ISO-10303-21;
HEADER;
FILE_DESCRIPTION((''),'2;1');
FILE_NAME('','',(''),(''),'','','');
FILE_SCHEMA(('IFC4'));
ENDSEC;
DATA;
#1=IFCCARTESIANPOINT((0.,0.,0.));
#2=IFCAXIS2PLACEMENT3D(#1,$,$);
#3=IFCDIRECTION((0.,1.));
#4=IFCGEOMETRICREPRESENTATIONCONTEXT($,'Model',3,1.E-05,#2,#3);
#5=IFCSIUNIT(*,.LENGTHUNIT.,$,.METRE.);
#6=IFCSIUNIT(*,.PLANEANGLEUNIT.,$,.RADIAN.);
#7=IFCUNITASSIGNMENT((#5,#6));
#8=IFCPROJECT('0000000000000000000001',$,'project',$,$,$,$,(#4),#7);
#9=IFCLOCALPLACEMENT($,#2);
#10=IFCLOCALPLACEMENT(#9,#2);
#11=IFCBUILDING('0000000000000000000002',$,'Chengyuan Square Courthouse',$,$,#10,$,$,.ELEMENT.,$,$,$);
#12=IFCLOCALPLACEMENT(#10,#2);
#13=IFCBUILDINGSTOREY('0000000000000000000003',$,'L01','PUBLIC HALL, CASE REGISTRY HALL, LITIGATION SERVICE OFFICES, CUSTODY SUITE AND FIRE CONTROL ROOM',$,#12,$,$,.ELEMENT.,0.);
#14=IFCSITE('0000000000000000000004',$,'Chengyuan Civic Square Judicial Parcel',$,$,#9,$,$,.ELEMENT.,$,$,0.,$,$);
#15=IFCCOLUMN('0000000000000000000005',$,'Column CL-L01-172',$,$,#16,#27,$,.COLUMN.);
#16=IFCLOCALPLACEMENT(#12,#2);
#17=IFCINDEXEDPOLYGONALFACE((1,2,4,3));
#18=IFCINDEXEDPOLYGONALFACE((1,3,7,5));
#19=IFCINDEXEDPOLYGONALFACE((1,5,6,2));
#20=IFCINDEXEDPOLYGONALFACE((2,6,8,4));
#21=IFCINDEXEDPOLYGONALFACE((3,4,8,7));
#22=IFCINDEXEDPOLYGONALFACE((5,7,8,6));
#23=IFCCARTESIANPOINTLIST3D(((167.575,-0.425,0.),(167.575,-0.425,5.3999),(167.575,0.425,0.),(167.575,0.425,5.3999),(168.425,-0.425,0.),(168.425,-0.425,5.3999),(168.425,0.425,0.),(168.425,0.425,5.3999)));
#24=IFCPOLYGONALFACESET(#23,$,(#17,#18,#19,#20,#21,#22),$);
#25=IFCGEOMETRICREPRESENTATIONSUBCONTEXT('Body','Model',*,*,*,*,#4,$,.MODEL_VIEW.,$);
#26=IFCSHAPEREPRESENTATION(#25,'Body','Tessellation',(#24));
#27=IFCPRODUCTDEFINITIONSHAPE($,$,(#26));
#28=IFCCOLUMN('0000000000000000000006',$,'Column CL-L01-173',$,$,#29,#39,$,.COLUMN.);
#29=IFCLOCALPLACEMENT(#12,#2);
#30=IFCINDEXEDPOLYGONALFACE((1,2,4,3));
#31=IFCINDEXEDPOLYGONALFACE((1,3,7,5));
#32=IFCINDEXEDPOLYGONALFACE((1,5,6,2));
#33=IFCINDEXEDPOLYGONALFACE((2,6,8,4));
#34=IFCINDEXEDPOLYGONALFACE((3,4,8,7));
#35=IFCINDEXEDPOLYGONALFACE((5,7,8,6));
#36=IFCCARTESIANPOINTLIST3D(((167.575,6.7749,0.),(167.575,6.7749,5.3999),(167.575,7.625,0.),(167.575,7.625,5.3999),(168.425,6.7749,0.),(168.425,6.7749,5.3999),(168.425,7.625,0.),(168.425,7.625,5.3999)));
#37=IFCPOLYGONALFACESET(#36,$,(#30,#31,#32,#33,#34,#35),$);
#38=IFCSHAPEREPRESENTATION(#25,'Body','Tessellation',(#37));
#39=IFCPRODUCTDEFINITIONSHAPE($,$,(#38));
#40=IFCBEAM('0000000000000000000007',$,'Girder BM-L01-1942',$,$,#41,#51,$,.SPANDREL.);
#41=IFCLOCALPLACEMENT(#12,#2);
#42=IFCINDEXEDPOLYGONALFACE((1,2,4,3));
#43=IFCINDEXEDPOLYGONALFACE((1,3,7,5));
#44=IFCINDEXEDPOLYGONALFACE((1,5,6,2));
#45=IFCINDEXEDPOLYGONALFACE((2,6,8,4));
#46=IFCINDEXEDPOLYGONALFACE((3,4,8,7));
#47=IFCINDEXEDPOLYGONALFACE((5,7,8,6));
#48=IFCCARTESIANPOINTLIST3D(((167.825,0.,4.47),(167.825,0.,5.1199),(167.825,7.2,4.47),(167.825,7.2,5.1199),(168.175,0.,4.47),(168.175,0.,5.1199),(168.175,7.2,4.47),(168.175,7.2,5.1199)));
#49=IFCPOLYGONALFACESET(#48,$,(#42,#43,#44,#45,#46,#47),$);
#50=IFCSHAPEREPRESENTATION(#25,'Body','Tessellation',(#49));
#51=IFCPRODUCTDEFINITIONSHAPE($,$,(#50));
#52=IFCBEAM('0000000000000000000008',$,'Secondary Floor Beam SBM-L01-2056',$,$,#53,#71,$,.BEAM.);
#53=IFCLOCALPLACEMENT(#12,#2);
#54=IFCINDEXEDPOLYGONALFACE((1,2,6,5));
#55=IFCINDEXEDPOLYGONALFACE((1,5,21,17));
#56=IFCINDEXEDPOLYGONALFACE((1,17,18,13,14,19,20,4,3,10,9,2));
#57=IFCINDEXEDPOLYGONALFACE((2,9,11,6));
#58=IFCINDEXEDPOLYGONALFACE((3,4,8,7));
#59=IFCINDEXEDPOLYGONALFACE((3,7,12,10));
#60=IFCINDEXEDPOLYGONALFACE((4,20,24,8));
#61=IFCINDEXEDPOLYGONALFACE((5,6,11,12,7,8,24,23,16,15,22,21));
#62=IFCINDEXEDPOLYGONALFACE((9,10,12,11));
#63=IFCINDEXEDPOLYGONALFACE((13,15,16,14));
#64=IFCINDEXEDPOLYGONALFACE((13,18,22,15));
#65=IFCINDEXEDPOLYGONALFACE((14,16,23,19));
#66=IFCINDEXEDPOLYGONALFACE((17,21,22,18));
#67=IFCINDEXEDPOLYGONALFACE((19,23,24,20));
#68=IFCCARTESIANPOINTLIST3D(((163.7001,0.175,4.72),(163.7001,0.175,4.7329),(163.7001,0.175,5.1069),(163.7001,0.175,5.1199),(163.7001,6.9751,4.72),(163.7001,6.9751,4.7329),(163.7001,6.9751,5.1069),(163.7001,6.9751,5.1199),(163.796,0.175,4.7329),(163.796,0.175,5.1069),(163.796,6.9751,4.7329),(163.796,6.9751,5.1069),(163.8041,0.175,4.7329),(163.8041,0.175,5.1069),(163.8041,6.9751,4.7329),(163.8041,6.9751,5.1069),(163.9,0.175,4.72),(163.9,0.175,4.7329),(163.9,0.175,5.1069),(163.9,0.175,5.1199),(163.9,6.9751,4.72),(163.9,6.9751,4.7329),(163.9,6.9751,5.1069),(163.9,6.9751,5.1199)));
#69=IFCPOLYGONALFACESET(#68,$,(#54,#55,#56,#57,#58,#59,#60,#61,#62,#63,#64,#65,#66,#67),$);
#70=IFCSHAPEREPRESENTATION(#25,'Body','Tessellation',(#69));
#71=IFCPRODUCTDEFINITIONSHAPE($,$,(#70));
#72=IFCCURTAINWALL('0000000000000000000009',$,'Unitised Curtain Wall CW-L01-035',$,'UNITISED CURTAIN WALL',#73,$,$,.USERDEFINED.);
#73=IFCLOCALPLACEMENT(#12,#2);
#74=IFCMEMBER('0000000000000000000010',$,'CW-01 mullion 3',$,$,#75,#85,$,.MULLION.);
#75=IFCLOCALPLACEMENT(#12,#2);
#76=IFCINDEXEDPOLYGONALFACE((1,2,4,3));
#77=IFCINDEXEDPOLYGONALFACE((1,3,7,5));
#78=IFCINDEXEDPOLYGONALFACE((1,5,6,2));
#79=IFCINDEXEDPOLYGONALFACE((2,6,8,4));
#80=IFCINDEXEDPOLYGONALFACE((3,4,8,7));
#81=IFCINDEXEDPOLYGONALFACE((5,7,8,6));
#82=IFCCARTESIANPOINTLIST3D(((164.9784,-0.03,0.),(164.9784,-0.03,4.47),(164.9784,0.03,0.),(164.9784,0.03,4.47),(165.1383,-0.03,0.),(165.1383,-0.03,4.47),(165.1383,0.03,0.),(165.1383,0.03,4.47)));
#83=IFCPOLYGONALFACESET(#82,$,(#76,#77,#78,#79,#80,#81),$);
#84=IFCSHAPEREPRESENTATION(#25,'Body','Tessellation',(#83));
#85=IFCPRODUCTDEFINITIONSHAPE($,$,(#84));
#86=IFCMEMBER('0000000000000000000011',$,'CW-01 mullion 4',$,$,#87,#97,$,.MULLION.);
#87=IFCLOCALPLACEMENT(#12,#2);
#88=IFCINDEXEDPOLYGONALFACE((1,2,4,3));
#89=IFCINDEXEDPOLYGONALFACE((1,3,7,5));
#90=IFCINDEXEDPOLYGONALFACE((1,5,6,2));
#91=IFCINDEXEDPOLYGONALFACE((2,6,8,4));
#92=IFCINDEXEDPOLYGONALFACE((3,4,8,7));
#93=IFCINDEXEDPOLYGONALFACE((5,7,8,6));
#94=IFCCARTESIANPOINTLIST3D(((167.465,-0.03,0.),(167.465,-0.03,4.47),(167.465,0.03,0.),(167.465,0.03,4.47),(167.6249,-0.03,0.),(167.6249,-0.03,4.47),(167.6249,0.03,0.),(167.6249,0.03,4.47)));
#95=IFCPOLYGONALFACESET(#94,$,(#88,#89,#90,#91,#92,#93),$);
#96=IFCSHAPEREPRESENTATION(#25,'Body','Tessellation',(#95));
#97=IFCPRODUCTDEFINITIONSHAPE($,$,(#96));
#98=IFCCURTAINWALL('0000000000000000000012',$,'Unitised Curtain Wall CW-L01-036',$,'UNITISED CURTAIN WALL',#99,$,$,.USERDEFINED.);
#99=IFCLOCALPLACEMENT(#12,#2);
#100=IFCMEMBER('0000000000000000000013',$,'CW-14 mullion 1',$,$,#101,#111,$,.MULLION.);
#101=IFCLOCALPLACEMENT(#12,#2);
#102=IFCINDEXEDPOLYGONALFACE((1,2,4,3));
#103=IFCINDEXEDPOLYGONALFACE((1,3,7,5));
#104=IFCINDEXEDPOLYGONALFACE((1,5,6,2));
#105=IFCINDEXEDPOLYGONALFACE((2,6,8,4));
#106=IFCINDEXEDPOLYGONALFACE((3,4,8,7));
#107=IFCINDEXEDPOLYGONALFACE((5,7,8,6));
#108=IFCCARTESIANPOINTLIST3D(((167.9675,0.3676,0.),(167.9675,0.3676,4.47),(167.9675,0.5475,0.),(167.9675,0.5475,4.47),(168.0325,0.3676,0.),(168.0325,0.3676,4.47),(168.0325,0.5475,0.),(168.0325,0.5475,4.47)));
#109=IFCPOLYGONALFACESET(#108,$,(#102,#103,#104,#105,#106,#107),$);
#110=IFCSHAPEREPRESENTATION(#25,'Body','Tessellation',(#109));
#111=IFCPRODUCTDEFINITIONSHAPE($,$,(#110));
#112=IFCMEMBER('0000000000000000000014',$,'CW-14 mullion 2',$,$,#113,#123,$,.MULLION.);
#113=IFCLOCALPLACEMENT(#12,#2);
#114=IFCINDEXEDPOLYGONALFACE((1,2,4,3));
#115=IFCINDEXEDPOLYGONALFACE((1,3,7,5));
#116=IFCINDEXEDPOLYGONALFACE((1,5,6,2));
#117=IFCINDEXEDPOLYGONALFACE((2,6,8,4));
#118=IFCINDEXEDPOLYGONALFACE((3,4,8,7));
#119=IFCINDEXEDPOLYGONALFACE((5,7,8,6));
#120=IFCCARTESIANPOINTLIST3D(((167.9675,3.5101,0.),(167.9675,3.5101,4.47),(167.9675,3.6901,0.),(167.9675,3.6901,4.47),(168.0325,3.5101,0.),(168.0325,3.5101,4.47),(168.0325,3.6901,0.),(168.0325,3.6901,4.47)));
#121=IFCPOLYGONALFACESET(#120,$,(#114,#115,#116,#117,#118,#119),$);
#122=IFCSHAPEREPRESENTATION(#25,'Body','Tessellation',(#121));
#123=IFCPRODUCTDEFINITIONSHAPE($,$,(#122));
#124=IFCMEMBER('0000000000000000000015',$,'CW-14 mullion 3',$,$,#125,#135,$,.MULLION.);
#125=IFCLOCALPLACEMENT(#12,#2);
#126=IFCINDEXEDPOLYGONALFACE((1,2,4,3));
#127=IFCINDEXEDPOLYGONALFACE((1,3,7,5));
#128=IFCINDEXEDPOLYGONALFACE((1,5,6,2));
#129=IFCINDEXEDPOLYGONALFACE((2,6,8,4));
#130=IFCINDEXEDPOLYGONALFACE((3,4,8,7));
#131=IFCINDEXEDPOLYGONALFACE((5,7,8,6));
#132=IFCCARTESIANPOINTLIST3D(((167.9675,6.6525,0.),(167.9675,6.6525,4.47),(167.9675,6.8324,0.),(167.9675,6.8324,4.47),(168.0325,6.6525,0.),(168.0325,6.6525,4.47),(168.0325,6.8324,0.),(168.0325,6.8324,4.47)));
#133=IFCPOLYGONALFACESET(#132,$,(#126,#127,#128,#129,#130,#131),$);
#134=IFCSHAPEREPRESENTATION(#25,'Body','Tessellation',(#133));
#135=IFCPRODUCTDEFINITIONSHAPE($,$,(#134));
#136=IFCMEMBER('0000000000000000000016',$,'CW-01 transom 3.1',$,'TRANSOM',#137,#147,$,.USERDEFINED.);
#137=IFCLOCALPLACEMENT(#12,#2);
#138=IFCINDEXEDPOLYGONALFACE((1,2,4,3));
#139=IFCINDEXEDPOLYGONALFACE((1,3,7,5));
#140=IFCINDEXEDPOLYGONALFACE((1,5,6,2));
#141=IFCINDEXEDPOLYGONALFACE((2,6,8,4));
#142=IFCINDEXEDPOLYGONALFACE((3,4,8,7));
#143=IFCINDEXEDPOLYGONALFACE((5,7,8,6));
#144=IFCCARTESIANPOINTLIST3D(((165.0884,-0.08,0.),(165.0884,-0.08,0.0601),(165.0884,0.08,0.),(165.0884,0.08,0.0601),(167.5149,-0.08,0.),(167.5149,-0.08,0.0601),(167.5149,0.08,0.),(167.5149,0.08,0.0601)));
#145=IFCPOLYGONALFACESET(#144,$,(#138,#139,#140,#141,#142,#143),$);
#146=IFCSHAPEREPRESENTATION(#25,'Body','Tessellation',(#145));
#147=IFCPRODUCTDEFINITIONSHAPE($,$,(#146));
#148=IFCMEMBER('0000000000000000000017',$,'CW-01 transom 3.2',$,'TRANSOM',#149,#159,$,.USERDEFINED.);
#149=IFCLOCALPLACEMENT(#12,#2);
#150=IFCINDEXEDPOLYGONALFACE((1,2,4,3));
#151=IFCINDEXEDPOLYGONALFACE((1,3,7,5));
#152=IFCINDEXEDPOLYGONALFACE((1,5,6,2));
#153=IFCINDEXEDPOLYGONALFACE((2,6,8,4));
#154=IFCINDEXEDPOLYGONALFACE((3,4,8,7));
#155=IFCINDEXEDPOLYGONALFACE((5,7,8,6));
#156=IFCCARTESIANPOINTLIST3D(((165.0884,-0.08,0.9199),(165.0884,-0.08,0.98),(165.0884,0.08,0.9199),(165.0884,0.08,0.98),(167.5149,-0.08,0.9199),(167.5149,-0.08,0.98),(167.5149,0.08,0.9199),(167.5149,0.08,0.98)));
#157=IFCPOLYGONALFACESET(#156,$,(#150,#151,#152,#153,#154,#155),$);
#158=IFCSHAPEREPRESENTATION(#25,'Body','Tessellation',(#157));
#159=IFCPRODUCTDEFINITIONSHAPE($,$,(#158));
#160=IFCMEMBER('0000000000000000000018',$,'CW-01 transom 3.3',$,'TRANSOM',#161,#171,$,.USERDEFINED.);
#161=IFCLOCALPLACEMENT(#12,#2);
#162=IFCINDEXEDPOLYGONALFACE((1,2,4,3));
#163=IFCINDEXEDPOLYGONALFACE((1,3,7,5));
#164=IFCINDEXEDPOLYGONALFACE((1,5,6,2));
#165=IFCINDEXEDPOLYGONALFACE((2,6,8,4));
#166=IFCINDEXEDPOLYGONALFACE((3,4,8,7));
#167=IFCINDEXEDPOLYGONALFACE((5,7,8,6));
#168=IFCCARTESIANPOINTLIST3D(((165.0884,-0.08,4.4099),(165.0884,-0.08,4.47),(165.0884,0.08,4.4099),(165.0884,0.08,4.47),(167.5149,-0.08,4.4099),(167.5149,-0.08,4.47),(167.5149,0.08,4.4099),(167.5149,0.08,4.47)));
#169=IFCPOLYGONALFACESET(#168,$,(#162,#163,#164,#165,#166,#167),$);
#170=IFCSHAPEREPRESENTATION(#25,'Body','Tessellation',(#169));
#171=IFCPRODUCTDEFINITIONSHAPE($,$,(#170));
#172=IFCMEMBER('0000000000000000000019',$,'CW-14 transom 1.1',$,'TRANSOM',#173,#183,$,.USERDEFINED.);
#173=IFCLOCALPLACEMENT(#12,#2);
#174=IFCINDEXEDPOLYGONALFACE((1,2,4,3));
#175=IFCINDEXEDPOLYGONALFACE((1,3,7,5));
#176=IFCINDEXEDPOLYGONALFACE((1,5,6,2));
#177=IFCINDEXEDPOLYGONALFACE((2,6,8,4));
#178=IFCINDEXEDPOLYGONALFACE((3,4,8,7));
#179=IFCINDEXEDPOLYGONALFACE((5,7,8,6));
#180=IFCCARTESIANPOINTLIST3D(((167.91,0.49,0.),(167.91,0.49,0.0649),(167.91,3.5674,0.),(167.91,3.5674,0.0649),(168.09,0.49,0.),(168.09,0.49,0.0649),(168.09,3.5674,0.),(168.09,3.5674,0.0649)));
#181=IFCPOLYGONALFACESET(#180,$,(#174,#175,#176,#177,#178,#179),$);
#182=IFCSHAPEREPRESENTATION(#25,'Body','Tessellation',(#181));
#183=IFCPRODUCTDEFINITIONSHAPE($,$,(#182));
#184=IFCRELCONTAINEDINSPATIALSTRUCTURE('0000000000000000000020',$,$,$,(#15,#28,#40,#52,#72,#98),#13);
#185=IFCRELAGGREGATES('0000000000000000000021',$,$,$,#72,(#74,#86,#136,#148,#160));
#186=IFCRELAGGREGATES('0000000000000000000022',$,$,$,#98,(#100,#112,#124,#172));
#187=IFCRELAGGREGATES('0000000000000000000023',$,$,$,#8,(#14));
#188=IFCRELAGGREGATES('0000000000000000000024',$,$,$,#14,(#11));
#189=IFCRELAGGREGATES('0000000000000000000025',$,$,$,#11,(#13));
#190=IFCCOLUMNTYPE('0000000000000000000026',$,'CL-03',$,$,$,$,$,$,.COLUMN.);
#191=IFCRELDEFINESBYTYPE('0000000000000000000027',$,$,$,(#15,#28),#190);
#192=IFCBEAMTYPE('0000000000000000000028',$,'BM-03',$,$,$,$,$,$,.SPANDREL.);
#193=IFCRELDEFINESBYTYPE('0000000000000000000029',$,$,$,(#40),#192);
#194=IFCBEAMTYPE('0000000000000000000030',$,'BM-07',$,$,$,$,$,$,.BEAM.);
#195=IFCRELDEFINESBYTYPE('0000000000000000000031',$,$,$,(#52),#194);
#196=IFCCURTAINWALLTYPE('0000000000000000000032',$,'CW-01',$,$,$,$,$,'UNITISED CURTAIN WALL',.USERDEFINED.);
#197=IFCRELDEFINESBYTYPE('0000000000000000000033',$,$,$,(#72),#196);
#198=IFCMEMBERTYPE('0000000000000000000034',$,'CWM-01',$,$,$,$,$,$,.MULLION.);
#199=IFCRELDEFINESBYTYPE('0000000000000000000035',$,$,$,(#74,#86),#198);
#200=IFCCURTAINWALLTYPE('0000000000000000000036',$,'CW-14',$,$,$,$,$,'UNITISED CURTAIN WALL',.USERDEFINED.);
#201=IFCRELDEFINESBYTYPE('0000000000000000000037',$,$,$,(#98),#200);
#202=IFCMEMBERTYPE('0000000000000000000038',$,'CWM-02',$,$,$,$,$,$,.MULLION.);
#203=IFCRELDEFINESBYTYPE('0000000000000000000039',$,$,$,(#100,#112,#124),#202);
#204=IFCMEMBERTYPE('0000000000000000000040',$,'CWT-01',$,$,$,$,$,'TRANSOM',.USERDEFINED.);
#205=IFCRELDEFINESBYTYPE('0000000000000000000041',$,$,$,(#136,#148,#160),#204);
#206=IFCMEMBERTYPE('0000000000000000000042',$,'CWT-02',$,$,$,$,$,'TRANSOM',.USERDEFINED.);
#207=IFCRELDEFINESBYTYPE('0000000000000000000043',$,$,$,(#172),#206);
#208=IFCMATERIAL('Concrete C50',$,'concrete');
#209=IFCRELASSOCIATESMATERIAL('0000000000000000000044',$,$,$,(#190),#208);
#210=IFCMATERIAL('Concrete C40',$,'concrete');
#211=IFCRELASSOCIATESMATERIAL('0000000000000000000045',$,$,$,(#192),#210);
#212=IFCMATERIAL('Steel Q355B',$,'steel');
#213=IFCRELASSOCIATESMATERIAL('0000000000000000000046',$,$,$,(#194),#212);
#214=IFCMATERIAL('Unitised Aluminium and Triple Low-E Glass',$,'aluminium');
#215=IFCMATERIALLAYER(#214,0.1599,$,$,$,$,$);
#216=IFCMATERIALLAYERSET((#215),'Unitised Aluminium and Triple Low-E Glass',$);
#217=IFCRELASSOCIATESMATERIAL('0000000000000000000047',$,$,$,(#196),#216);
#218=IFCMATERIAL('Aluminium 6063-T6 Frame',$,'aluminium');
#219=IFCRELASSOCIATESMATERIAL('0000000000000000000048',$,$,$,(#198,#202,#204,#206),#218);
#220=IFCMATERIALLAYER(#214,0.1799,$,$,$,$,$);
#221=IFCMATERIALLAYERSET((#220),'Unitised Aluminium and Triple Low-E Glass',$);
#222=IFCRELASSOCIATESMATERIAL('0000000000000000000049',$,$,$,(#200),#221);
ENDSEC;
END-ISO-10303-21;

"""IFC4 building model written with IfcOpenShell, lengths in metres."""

from ifc_helpers import new_model, si_unit, direction, frame, origin, origin_2d, place, context, subcontext, project, spatial, rectangle, i_section, extrude, material, layer, layer_set, material_profile, profile_set, type_object, element, aggregate, save


model = new_model("IFC4")

# Units and contexts
model_context = context("Model", 3, precision=1e-05, world=origin(), true_north=direction((0.0, 1.0)))
body_context = subcontext(model_context, "Body", "Model", "MODEL_VIEW")
ifc_project = project(units=[si_unit("LENGTHUNIT", "METRE"), si_unit("PLANEANGLEUNIT", "RADIAN")], contexts=[model_context])

# Site, building, storey
site_placement = place(None, origin())
site = spatial("IfcSite", under=ifc_project, at=site_placement, Name="Chengyuan Civic Square Judicial Parcel", CompositionType="ELEMENT", RefElevation=0.0)
building_placement = place(site_placement, origin())
building = spatial("IfcBuilding", under=site, at=building_placement, Name="Chengyuan Square Courthouse", CompositionType="ELEMENT")
storey_placement = place(building_placement, origin())
storey = spatial("IfcBuildingStorey", under=building, at=storey_placement, Name="L01", Description="PUBLIC HALL, CASE REGISTRY HALL, LITIGATION SERVICE OFFICES, CUSTODY SUITE AND FIRE CONTROL ROOM", CompositionType="ELEMENT", Elevation=0.0)

# Columns
ifc_material_1 = material(Name="Concrete C50", Category="concrete")
ifc_material_profile_1 = material_profile(ifc_material_1, rectangle(XDim=0.8501, YDim=0.8501, at=origin_2d()), Name="RC-COL-850x850")
ifc_profile_set_1 = profile_set([ifc_material_profile_1], Name="Concrete C50")
column_type = type_object("IfcColumnType", Name="CL-03", PredefinedType="COLUMN", material=ifc_profile_set_1)
for number, where, z_axis, x_axis, name in (
    (1, (168.0, 0.0, 0.0), (0.0, 0.0, 1.0), (1.0, 0.0, 0.0), "Column CL-L01-172"),
    (2, (168.0, 7.2, 0.0), (0.0, 0.0, 1.0), (1.0, 0.0, 0.0), "Column CL-L01-173"),
):
    element("IfcColumn", number, at=place(storey_placement, frame(where, z_axis=z_axis, x_axis=x_axis)), inside=storey, type_object=column_type, Name=name, PredefinedType="COLUMN", context=body_context, shape_type="SweptSolid", body=[
        extrude(rectangle(XDim=0.8501, YDim=0.8501, at=origin_2d()), origin(), (0.0, 0.0, 1.0), 5.3999),
    ])

# Beams
ifc_material_2 = material(Name="Concrete C40", Category="concrete")
ifc_material_profile_2 = material_profile(ifc_material_2, rectangle(XDim=0.3501, YDim=0.6499, at=origin_2d()), Name="RC-BM-350x650")
ifc_profile_set_2 = profile_set([ifc_material_profile_2], Name="Concrete C40")
beam_type_1 = type_object("IfcBeamType", Name="BM-03", PredefinedType="SPANDREL", material=ifc_profile_set_2)
beam_1_placement = place(storey_placement, frame((168.0, 0.0, 4.7949), z_axis=(0.0, 1.0, 0.0), x_axis=(-1.0, 0.0, 0.0)))
element("IfcBeam", 3, at=beam_1_placement, inside=storey, type_object=beam_type_1, Name="Girder BM-L01-1942", PredefinedType="SPANDREL", context=body_context, shape_type="SweptSolid", body=[
    extrude(rectangle(XDim=0.3501, YDim=0.6499, at=origin_2d()), origin(), (0.0, 0.0, 1.0), 7.2),
])
ifc_material_3 = material(Name="Steel Q355B", Category="steel")
ifc_material_profile_3 = material_profile(ifc_material_3, i_section(OverallWidth=0.2, OverallDepth=0.3999, WebThickness=0.0081, FlangeThickness=0.0129, at=origin_2d()), Name="HN 400x200x8x13")
ifc_profile_set_3 = profile_set([ifc_material_profile_3], Name="Steel Q355B")
beam_type_2 = type_object("IfcBeamType", Name="BM-07", PredefinedType="BEAM", material=ifc_profile_set_3)
beam_2_placement = place(storey_placement, frame((163.8, 0.175, 4.9199), z_axis=(0.0, 1.0, 0.0), x_axis=(-1.0, 0.0, 0.0)))
element("IfcBeam", 4, at=beam_2_placement, inside=storey, type_object=beam_type_2, Name="Secondary Floor Beam SBM-L01-2056", PredefinedType="BEAM", context=body_context, shape_type="SweptSolid", body=[
    extrude(i_section(OverallWidth=0.2, OverallDepth=0.3999, WebThickness=0.0081, FlangeThickness=0.0129, at=origin_2d()), origin(), (0.0, 0.0, 1.0), 6.8),
])

# Curtain walls, members
ifc_material_4 = material(Name="Unitised Aluminium and Triple Low-E Glass", Category="aluminium")
ifc_layer_1 = layer(ifc_material_4, 0.1599)
ifc_layer_set_1 = layer_set([ifc_layer_1], Name="Unitised Aluminium and Triple Low-E Glass")
curtain_wall_type_1 = type_object("IfcCurtainWallType", Name="CW-01", ElementType="UNITISED CURTAIN WALL", PredefinedType="USERDEFINED", material=ifc_layer_set_1)
curtain_wall_1_placement = place(storey_placement, origin())
curtain_wall_1 = element("IfcCurtainWall", 5, at=curtain_wall_1_placement, inside=storey, type_object=curtain_wall_type_1, Name="Unitised Curtain Wall CW-L01-035", ObjectType="UNITISED CURTAIN WALL", PredefinedType="USERDEFINED")
ifc_material_5 = material(Name="Aluminium 6063-T6 Frame", Category="aluminium")
ifc_material_profile_4 = material_profile(ifc_material_5, rectangle(XDim=0.0601, YDim=0.1599, at=origin_2d()), Name="CW-MUL-60x160")
ifc_profile_set_4 = profile_set([ifc_material_profile_4], Name="Aluminium 6063-T6 Frame")
member_type_1 = type_object("IfcMemberType", Name="CWM-01", PredefinedType="MULLION", material=ifc_profile_set_4)
member_1_placement = place(storey_placement, frame((165.0583, 0.0, 0.0), z_axis=(0.0, 0.0, 1.0), x_axis=(0.0, 1.0, 0.0)))
member_1 = element("IfcMember", 6, at=member_1_placement, type_object=member_type_1, Name="CW-01 mullion 3", PredefinedType="MULLION", context=body_context, shape_type="SweptSolid", body=[
    extrude(rectangle(XDim=0.0601, YDim=0.1599, at=origin_2d()), origin(), (0.0, 0.0, 1.0), 4.47),
])
member_2_placement = place(storey_placement, frame((167.5449, 0.0, 0.0), z_axis=(0.0, 0.0, 1.0), x_axis=(0.0, 1.0, 0.0)))
member_2 = element("IfcMember", 7, at=member_2_placement, type_object=member_type_1, Name="CW-01 mullion 4", PredefinedType="MULLION", context=body_context, shape_type="SweptSolid", body=[
    extrude(rectangle(XDim=0.0601, YDim=0.1599, at=origin_2d()), origin(), (0.0, 0.0, 1.0), 4.47),
])
ifc_layer_2 = layer(ifc_material_4, 0.1799)
ifc_layer_set_2 = layer_set([ifc_layer_2], Name="Unitised Aluminium and Triple Low-E Glass")
curtain_wall_type_2 = type_object("IfcCurtainWallType", Name="CW-14", ElementType="UNITISED CURTAIN WALL", PredefinedType="USERDEFINED", material=ifc_layer_set_2)
curtain_wall_2_placement = place(storey_placement, origin())
curtain_wall_2 = element("IfcCurtainWall", 8, at=curtain_wall_2_placement, inside=storey, type_object=curtain_wall_type_2, Name="Unitised Curtain Wall CW-L01-036", ObjectType="UNITISED CURTAIN WALL", PredefinedType="USERDEFINED")
ifc_material_profile_5 = material_profile(ifc_material_5, rectangle(XDim=0.0649, YDim=0.1799, at=origin_2d()), Name="CW-MUL-65x180")
ifc_profile_set_5 = profile_set([ifc_material_profile_5], Name="Aluminium 6063-T6 Frame")
member_type_2 = type_object("IfcMemberType", Name="CWM-02", PredefinedType="MULLION", material=ifc_profile_set_5)
member_3_placement = place(storey_placement, frame((168.0, 0.4575, 0.0), z_axis=(0.0, 0.0, 1.0), x_axis=(-1.0, 0.0, 0.0)))
member_3 = element("IfcMember", 9, at=member_3_placement, type_object=member_type_2, Name="CW-14 mullion 1", PredefinedType="MULLION", context=body_context, shape_type="SweptSolid", body=[
    extrude(rectangle(XDim=0.0649, YDim=0.1799, at=origin_2d()), origin(), (0.0, 0.0, 1.0), 4.47),
])
member_4_placement = place(storey_placement, frame((168.0, 3.6001, 0.0), z_axis=(0.0, 0.0, 1.0), x_axis=(-1.0, 0.0, 0.0)))
member_4 = element("IfcMember", 10, at=member_4_placement, type_object=member_type_2, Name="CW-14 mullion 2", PredefinedType="MULLION", context=body_context, shape_type="SweptSolid", body=[
    extrude(rectangle(XDim=0.0649, YDim=0.1799, at=origin_2d()), origin(), (0.0, 0.0, 1.0), 4.47),
])
member_5_placement = place(storey_placement, frame((168.0, 6.7424, 0.0), z_axis=(0.0, 0.0, 1.0), x_axis=(-1.0, 0.0, 0.0)))
member_5 = element("IfcMember", 11, at=member_5_placement, type_object=member_type_2, Name="CW-14 mullion 3", PredefinedType="MULLION", context=body_context, shape_type="SweptSolid", body=[
    extrude(rectangle(XDim=0.0649, YDim=0.1799, at=origin_2d()), origin(), (0.0, 0.0, 1.0), 4.47),
])

# Members
ifc_material_profile_6 = material_profile(ifc_material_5, rectangle(XDim=0.1599, YDim=0.0601, at=origin_2d()), Name="CW-TRN-60x120")
ifc_profile_set_6 = profile_set([ifc_material_profile_6], Name="Aluminium 6063-T6 Frame")
member_type_3 = type_object("IfcMemberType", Name="CWT-01", ElementType="TRANSOM", PredefinedType="USERDEFINED", material=ifc_profile_set_6)
member_6_placement = place(storey_placement, frame((165.0884, 0.0, 0.03), z_axis=(1.0, 0.0, 0.0), x_axis=(0.0, 1.0, 0.0)))
member_6 = element("IfcMember", 12, at=member_6_placement, type_object=member_type_3, Name="CW-01 transom 3.1", ObjectType="TRANSOM", PredefinedType="USERDEFINED", context=body_context, shape_type="SweptSolid", body=[
    extrude(rectangle(XDim=0.1599, YDim=0.0601, at=origin_2d()), origin(), (0.0, 0.0, 1.0), 2.4265),
])
member_7_placement = place(storey_placement, frame((165.0884, 0.0, 0.95), z_axis=(1.0, 0.0, 0.0), x_axis=(0.0, 1.0, 0.0)))
member_7 = element("IfcMember", 13, at=member_7_placement, type_object=member_type_3, Name="CW-01 transom 3.2", ObjectType="TRANSOM", PredefinedType="USERDEFINED", context=body_context, shape_type="SweptSolid", body=[
    extrude(rectangle(XDim=0.1599, YDim=0.0601, at=origin_2d()), origin(), (0.0, 0.0, 1.0), 2.4265),
])
member_8_placement = place(storey_placement, frame((165.0884, 0.0, 4.4399), z_axis=(1.0, 0.0, 0.0), x_axis=(0.0, 1.0, 0.0)))
member_8 = element("IfcMember", 14, at=member_8_placement, type_object=member_type_3, Name="CW-01 transom 3.3", ObjectType="TRANSOM", PredefinedType="USERDEFINED", context=body_context, shape_type="SweptSolid", body=[
    extrude(rectangle(XDim=0.1599, YDim=0.0601, at=origin_2d()), origin(), (0.0, 0.0, 1.0), 2.4265),
])
ifc_material_profile_7 = material_profile(ifc_material_5, rectangle(XDim=0.1799, YDim=0.0649, at=origin_2d()), Name="CW-TRN-65x140")
ifc_profile_set_7 = profile_set([ifc_material_profile_7], Name="Aluminium 6063-T6 Frame")
member_type_4 = type_object("IfcMemberType", Name="CWT-02", ElementType="TRANSOM", PredefinedType="USERDEFINED", material=ifc_profile_set_7)
member_9_placement = place(storey_placement, frame((168.0, 0.49, 0.0325), z_axis=(0.0, 1.0, 0.0), x_axis=(-1.0, 0.0, 0.0)))
member_9 = element("IfcMember", 15, at=member_9_placement, type_object=member_type_4, Name="CW-14 transom 1.1", ObjectType="TRANSOM", PredefinedType="USERDEFINED", context=body_context, shape_type="SweptSolid", body=[
    extrude(rectangle(XDim=0.1799, YDim=0.0649, at=origin_2d()), origin(), (0.0, 0.0, 1.0), 3.0774),
])

aggregate(curtain_wall_1, [member_1, member_2, member_6, member_7, member_8])
aggregate(curtain_wall_2, [member_3, member_4, member_5, member_9])

save(model, "model.ifc")
